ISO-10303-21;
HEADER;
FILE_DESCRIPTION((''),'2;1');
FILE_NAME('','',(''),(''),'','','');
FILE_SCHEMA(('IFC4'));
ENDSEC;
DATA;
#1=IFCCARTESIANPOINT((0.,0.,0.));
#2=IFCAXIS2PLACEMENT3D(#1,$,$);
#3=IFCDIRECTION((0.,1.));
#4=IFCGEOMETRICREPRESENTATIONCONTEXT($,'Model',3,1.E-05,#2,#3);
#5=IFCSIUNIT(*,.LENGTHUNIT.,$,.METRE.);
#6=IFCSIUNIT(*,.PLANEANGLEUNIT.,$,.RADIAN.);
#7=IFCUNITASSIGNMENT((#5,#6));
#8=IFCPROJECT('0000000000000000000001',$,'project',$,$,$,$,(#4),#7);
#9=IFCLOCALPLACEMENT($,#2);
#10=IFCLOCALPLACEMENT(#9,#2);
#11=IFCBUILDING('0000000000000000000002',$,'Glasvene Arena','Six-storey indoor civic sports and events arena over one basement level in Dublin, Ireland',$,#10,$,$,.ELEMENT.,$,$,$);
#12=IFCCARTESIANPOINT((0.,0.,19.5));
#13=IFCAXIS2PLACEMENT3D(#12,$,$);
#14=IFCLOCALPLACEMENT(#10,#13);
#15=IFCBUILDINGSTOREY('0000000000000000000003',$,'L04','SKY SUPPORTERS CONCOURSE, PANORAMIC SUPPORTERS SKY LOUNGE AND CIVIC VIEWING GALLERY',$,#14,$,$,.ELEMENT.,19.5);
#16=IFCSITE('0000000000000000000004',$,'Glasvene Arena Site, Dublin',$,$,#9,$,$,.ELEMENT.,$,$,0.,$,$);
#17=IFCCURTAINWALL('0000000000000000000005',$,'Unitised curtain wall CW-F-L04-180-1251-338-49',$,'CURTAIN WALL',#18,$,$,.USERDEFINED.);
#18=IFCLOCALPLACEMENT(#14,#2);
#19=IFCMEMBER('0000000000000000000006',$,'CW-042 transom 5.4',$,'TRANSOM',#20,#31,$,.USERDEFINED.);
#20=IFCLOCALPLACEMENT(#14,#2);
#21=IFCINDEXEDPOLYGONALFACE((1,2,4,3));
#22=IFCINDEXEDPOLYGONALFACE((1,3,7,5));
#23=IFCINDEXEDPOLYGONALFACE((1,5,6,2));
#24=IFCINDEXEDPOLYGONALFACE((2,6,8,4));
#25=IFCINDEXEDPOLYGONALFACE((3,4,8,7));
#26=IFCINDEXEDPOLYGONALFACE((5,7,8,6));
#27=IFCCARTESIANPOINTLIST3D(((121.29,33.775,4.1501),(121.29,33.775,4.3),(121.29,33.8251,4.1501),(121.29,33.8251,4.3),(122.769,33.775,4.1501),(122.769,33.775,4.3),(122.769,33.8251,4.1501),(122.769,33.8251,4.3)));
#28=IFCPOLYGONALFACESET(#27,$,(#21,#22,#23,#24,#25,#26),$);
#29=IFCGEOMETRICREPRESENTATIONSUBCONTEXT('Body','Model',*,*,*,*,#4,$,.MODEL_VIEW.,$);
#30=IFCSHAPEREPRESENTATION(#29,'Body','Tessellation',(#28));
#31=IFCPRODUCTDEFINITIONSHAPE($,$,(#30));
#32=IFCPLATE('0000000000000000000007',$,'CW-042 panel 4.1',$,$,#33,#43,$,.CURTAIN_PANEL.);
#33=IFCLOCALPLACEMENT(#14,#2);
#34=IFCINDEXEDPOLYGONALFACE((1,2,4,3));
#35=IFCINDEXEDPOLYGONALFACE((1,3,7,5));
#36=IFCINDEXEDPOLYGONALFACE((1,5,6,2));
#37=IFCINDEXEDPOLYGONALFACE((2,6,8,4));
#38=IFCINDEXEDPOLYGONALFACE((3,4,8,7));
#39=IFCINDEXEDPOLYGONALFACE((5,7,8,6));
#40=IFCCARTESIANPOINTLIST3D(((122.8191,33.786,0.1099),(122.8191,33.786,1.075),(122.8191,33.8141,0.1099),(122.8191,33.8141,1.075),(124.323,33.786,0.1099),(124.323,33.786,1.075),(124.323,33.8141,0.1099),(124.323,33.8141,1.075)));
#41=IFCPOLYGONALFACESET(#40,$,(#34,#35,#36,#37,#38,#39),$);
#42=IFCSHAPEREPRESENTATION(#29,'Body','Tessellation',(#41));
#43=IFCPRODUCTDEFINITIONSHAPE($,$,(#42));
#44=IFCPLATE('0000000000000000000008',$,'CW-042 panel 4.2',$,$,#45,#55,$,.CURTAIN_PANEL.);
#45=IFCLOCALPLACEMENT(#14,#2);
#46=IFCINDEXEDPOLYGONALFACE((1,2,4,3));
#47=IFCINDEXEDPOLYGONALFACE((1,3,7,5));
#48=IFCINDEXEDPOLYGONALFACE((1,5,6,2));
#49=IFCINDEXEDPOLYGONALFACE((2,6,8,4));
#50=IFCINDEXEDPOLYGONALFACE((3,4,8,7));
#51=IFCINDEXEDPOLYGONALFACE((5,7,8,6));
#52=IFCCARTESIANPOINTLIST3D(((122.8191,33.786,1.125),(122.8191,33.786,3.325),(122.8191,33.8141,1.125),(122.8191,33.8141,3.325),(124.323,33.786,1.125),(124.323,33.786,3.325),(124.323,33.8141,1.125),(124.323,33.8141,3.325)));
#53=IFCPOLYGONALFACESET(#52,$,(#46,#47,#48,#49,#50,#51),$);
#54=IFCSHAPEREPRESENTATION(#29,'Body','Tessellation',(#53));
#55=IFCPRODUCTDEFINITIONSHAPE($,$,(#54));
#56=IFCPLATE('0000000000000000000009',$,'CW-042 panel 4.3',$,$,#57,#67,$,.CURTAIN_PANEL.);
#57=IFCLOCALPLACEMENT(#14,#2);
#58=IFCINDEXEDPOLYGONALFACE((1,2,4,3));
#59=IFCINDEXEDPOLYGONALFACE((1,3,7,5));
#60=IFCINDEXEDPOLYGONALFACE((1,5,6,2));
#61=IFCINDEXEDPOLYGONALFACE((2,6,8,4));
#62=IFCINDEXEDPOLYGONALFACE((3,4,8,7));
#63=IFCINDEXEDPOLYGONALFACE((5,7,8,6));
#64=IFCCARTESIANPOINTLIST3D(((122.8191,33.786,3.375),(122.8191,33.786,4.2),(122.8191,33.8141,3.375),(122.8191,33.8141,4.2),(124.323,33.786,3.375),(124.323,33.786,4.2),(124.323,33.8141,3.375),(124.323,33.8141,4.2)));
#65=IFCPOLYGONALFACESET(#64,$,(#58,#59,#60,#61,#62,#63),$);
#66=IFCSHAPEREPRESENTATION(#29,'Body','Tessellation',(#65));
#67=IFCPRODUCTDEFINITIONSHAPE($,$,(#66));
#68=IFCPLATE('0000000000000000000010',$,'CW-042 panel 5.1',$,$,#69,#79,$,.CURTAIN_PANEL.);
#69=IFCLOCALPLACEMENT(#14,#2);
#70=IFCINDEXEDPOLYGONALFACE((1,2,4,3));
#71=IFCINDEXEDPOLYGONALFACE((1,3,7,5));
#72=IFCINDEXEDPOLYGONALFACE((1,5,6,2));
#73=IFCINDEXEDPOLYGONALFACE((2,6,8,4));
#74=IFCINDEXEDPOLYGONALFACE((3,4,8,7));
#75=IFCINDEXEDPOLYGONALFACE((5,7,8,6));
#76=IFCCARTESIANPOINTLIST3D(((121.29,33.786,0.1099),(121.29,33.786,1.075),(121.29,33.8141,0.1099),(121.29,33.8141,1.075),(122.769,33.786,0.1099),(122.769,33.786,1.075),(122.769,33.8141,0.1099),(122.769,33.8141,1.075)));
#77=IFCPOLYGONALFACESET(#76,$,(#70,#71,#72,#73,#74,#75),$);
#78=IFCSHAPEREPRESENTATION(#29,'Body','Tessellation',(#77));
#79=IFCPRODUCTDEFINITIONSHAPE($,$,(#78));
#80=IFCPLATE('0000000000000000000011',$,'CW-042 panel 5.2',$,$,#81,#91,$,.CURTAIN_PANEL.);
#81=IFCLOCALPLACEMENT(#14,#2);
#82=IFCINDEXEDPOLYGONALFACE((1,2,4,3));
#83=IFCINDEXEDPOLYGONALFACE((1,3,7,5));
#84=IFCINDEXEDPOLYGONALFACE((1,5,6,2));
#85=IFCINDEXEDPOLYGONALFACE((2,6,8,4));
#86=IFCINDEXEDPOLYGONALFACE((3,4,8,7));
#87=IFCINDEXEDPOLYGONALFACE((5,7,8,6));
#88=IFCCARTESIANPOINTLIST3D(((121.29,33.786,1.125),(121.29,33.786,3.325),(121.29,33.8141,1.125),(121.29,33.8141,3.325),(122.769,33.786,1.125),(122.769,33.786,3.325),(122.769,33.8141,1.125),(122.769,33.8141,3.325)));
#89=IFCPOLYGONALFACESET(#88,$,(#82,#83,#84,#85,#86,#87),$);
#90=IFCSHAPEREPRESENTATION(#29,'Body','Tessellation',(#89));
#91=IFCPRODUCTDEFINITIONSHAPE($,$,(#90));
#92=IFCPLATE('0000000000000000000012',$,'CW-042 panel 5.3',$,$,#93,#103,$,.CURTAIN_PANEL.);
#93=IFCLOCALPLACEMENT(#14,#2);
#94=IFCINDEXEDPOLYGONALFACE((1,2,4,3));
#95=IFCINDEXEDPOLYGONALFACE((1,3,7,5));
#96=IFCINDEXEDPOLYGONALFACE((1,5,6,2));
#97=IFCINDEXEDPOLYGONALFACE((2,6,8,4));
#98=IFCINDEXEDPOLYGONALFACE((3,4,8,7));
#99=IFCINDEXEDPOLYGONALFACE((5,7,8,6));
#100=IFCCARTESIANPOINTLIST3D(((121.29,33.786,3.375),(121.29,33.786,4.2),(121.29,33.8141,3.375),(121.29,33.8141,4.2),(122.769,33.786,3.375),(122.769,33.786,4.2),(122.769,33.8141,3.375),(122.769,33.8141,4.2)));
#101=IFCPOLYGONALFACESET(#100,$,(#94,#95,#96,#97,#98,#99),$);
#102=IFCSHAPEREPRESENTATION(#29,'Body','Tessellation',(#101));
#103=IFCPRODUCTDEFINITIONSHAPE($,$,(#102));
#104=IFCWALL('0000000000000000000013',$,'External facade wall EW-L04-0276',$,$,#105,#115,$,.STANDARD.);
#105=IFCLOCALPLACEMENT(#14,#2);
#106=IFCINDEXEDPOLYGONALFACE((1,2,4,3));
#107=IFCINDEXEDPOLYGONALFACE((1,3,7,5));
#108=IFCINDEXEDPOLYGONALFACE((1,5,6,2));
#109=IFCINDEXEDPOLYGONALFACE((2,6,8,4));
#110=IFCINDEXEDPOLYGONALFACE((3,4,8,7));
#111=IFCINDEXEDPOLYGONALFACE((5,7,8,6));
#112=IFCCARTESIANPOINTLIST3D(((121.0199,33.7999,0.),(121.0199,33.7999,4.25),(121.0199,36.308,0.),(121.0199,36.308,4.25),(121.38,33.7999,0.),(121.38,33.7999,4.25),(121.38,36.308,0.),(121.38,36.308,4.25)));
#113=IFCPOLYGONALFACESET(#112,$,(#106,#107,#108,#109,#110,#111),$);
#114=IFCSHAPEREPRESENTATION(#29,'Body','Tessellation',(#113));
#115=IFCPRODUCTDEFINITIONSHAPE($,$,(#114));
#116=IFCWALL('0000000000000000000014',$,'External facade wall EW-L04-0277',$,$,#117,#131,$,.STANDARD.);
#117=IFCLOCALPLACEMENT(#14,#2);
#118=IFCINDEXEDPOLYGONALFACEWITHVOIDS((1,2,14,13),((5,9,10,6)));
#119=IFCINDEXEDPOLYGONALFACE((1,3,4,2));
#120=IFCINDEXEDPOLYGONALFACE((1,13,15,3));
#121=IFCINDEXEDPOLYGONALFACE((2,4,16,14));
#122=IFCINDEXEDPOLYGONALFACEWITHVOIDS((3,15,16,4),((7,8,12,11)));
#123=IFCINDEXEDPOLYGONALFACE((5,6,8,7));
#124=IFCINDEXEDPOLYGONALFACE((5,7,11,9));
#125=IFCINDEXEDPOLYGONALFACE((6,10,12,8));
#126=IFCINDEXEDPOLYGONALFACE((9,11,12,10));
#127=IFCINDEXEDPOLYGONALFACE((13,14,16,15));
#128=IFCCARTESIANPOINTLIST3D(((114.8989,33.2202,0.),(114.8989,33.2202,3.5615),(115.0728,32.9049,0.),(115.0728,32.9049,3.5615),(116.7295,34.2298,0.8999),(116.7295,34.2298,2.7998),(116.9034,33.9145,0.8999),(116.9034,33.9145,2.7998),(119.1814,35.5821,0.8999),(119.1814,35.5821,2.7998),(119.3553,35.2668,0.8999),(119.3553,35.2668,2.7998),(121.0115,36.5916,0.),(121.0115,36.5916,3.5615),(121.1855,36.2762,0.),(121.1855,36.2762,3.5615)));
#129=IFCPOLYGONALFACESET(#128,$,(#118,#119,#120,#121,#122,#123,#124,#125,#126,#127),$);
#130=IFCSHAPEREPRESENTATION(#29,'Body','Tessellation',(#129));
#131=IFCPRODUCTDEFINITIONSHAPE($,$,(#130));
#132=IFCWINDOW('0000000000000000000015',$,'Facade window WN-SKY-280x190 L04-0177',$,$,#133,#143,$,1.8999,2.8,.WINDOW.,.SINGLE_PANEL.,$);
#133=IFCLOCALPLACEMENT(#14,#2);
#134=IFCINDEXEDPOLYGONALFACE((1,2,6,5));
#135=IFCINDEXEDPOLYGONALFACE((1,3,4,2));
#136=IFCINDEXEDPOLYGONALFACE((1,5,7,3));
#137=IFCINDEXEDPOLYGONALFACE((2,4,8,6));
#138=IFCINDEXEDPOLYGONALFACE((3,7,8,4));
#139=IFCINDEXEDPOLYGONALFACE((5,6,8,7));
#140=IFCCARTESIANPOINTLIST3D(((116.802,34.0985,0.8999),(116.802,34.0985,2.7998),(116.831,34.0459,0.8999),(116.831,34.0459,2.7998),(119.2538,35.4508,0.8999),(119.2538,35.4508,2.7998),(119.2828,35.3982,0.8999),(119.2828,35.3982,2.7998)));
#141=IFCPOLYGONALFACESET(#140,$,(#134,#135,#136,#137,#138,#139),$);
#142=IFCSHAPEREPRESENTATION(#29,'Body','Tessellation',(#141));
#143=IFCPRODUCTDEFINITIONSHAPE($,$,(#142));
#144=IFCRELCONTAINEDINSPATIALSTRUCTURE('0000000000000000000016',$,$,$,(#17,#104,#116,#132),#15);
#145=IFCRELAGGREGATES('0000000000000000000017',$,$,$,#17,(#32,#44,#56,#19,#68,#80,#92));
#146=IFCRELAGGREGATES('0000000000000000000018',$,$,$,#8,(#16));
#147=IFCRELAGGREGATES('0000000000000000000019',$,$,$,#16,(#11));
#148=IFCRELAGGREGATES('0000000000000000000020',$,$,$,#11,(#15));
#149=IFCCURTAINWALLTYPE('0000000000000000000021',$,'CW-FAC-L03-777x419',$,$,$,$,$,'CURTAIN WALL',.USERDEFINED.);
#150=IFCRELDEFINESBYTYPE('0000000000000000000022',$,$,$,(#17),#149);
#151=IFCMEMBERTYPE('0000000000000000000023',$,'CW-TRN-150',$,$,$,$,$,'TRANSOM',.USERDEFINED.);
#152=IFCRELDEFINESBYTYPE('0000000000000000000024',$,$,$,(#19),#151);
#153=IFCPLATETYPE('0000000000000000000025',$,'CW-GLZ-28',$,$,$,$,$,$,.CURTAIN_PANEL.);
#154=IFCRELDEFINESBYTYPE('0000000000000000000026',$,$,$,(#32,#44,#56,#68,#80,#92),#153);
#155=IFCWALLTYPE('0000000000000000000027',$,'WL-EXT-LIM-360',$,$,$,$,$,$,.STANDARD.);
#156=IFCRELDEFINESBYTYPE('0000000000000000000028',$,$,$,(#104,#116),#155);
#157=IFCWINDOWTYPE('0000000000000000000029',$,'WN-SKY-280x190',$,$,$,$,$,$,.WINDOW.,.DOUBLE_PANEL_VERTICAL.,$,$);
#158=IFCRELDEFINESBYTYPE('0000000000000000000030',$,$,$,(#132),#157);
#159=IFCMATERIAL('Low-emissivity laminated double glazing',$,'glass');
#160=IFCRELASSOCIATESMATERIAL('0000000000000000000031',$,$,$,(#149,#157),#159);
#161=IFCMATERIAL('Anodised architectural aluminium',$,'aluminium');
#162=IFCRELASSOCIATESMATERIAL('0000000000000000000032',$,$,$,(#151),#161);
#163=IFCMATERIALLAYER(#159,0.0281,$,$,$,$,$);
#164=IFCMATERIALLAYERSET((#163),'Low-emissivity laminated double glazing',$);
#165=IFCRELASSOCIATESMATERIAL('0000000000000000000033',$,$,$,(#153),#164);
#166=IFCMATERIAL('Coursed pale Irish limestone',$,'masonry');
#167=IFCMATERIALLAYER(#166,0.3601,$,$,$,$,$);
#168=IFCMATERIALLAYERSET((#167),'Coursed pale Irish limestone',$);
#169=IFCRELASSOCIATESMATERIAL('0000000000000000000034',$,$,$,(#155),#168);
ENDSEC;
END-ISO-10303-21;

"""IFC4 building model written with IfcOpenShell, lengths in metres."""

from ifc_helpers import new_model, si_unit, direction, frame, frame_2d, origin, origin_2d, place, context, subcontext, project, spatial, rectangle, extrude, material, layer, layer_set, material_profile, profile_set, type_object, element, fill, aggregate, save


model = new_model("IFC4")

# Units and contexts
model_context = context("Model", 3, precision=1e-05, world=origin(), true_north=direction((0.0, 1.0)))
body_context = subcontext(model_context, "Body", "Model", "MODEL_VIEW")
ifc_project = project(units=[si_unit("LENGTHUNIT", "METRE"), si_unit("PLANEANGLEUNIT", "RADIAN")], contexts=[model_context])

# Site, building, storey
site_placement = place(None, origin())
site = spatial("IfcSite", under=ifc_project, at=site_placement, Name="Glasvene Arena Site, Dublin", CompositionType="ELEMENT", RefElevation=0.0)
building_placement = place(site_placement, origin())
building = spatial("IfcBuilding", under=site, at=building_placement, Name="Glasvene Arena", Description="Six-storey indoor civic sports and events arena over one basement level in Dublin, Ireland", CompositionType="ELEMENT")
storey_placement = place(building_placement, frame((0.0, 0.0, 19.5)))
storey = spatial("IfcBuildingStorey", under=building, at=storey_placement, Name="L04", Description="SKY SUPPORTERS CONCOURSE, PANORAMIC SUPPORTERS SKY LOUNGE AND CIVIC VIEWING GALLERY", CompositionType="ELEMENT", Elevation=19.5)

# Curtain wall, member, plates
ifc_material_1 = material(Name="Low-emissivity laminated double glazing", Category="glass")
curtain_wall_type = type_object("IfcCurtainWallType", Name="CW-FAC-L03-777x419", ElementType="CURTAIN WALL", PredefinedType="USERDEFINED", material=ifc_material_1)
curtain_wall_placement = place(storey_placement, frame((129.01, 33.8, 0.0)))
curtain_wall = element("IfcCurtainWall", 1, at=curtain_wall_placement, inside=storey, type_object=curtain_wall_type, Name="Unitised curtain wall CW-F-L04-180-1251-338-49", ObjectType="CURTAIN WALL", PredefinedType="USERDEFINED")
ifc_material_2 = material(Name="Anodised architectural aluminium", Category="aluminium")
ifc_material_profile_1 = material_profile(ifc_material_2, rectangle(XDim=0.05, YDim=0.1499, at=origin_2d()), Name="ALU TRANSOM 50x150")
ifc_profile_set_1 = profile_set([ifc_material_profile_1], Name="Anodised architectural aluminium")
member_type_1 = type_object("IfcMemberType", Name="CW-TRN-150", ElementType="TRANSOM", PredefinedType="USERDEFINED", material=ifc_profile_set_1)
member_1_placement = place(storey_placement, frame((122.769, 33.8, 4.2251), z_axis=(-1.0, 0.0, 0.0), x_axis=(0.0, -1.0, 0.0)))
member_1 = element("IfcMember", 2, at=member_1_placement, type_object=member_type_1, Name="CW-042 transom 5.4", ObjectType="TRANSOM", PredefinedType="USERDEFINED", context=body_context, shape_type="SweptSolid", body=[
    extrude(rectangle(XDim=0.05, YDim=0.1499, at=origin_2d()), origin(), (0.0, 0.0, 1.0), 1.479),
])
ifc_layer_1 = layer(ifc_material_1, 0.0281)
ifc_layer_set_1 = layer_set([ifc_layer_1], Name="Low-emissivity laminated double glazing")
plate_type = type_object("IfcPlateType", Name="CW-GLZ-28", PredefinedType="CURTAIN_PANEL", material=ifc_layer_set_1)
plate_1_placement = place(storey_placement, frame((123.571, 33.8, 0.1099), z_axis=(0.0, 0.0, 1.0), x_axis=(-1.0, 0.0, 0.0)))
plate_1 = element("IfcPlate", 3, at=plate_1_placement, type_object=plate_type, Name="CW-042 panel 4.1", PredefinedType="CURTAIN_PANEL", context=body_context, shape_type="SweptSolid", body=[
    extrude(rectangle(XDim=1.5039, YDim=0.0281, at=origin_2d()), origin(), (0.0, 0.0, 1.0), 0.9651),
])
plate_2_placement = place(storey_placement, frame((123.571, 33.8, 1.125), z_axis=(0.0, 0.0, 1.0), x_axis=(-1.0, 0.0, 0.0)))
plate_2 = element("IfcPlate", 4, at=plate_2_placement, type_object=plate_type, Name="CW-042 panel 4.2", PredefinedType="CURTAIN_PANEL", context=body_context, shape_type="SweptSolid", body=[
    extrude(rectangle(XDim=1.5039, YDim=0.0281, at=origin_2d()), origin(), (0.0, 0.0, 1.0), 2.2),
])
plate_3_placement = place(storey_placement, frame((123.571, 33.8, 3.375), z_axis=(0.0, 0.0, 1.0), x_axis=(-1.0, 0.0, 0.0)))
plate_3 = element("IfcPlate", 5, at=plate_3_placement, type_object=plate_type, Name="CW-042 panel 4.3", PredefinedType="CURTAIN_PANEL", context=body_context, shape_type="SweptSolid", body=[
    extrude(rectangle(XDim=1.5039, YDim=0.0281, at=origin_2d()), origin(), (0.0, 0.0, 1.0), 0.825),
])
plate_4_placement = place(storey_placement, frame((122.0295, 33.8, 0.1099), z_axis=(0.0, 0.0, 1.0), x_axis=(-1.0, 0.0, 0.0)))
plate_4 = element("IfcPlate", 6, at=plate_4_placement, type_object=plate_type, Name="CW-042 panel 5.1", PredefinedType="CURTAIN_PANEL", context=body_context, shape_type="SweptSolid", body=[
    extrude(rectangle(XDim=1.479, YDim=0.0281, at=origin_2d()), origin(), (0.0, 0.0, 1.0), 0.9651),
])
plate_5_placement = place(storey_placement, frame((122.0295, 33.8, 1.125), z_axis=(0.0, 0.0, 1.0), x_axis=(-1.0, 0.0, 0.0)))
plate_5 = element("IfcPlate", 7, at=plate_5_placement, type_object=plate_type, Name="CW-042 panel 5.2", PredefinedType="CURTAIN_PANEL", context=body_context, shape_type="SweptSolid", body=[
    extrude(rectangle(XDim=1.479, YDim=0.0281, at=origin_2d()), origin(), (0.0, 0.0, 1.0), 2.2),
])
plate_6_placement = place(storey_placement, frame((122.0295, 33.8, 3.375), z_axis=(0.0, 0.0, 1.0), x_axis=(-1.0, 0.0, 0.0)))
plate_6 = element("IfcPlate", 8, at=plate_6_placement, type_object=plate_type, Name="CW-042 panel 5.3", PredefinedType="CURTAIN_PANEL", context=body_context, shape_type="SweptSolid", body=[
    extrude(rectangle(XDim=1.479, YDim=0.0281, at=origin_2d()), origin(), (0.0, 0.0, 1.0), 0.825),
])
aggregate(curtain_wall, [plate_1, plate_2, plate_3, member_1, plate_4, plate_5, plate_6])

# Wall
ifc_material_3 = material(Name="Coursed pale Irish limestone", Category="masonry")
ifc_layer_2 = layer(ifc_material_3, 0.3601)
ifc_layer_set_2 = layer_set([ifc_layer_2], Name="Coursed pale Irish limestone")
wall_type = type_object("IfcWallType", Name="WL-EXT-LIM-360", PredefinedType="STANDARD", material=ifc_layer_set_2)
wall_1_placement = place(storey_placement, frame((121.2, 33.8, 0.0), z_axis=(0.0, 0.0, 1.0), x_axis=(0.0, 1.0, 0.0)))
element("IfcWall", 9, at=wall_1_placement, inside=storey, type_object=wall_type, Name="External facade wall EW-L04-0276", PredefinedType="STANDARD", context=body_context, shape_type="SweptSolid", body=[
    extrude(rectangle(XDim=2.5081, YDim=0.3601, at=frame_2d((1.2539, 0.0))), origin(), (0.0, 0.0, 1.0), 4.25),
])

# Wall, opening, window
wall_2_placement = place(storey_placement, frame((121.0984, 36.4338, 0.0), z_axis=(0.0, 0.0, 1.0), x_axis=(-0.875644, -0.482956, 0.0)))
wall_2 = element("IfcWall", 10, at=wall_2_placement, inside=storey, type_object=wall_type, Name="External facade wall EW-L04-0277", PredefinedType="STANDARD", context=body_context, shape_type="SweptSolid", body=[
    extrude(rectangle(XDim=6.9807, YDim=0.3601, at=frame_2d((3.4902, 0.0))), origin(), (0.0, 0.0, 1.0), 3.5615),
])
opening_placement = place(wall_2_placement, frame((2.0901, 0.0, 0.8999)))
opening = element("IfcOpeningElement", 11, at=opening_placement, cuts=wall_2, PredefinedType="OPENING", context=body_context, shape_type="SweptSolid", body=[
    extrude(rectangle(XDim=2.8, YDim=1.8999, at=frame_2d((1.3999, 0.95))), frame((0.0, 0.1899, 0.0), z_axis=(0.0, -1.0, 0.0), x_axis=(1.0, 0.0, 0.0)), (0.0, 0.0, 1.0), 0.3801),
])
window_type = type_object("IfcWindowType", Name="WN-SKY-280x190", PartitioningType="DOUBLE_PANEL_VERTICAL", PredefinedType="WINDOW", material=ifc_material_1)
window_placement = place(opening_placement, origin())
window = element("IfcWindow", 12, at=window_placement, inside=storey, type_object=window_type, Name="Facade window WN-SKY-280x190 L04-0177", OverallHeight=1.8999, OverallWidth=2.8, PartitioningType="SINGLE_PANEL", PredefinedType="WINDOW", context=body_context, shape_type="SweptSolid", body=[
    extrude(rectangle(XDim=2.8, YDim=1.8999, at=frame_2d((1.3999, 0.95))), frame((0.0, 0.03, 0.0), z_axis=(0.0, -1.0, 0.0), x_axis=(1.0, 0.0, 0.0)), (0.0, 0.0, 1.0), 0.0601),
])
fill(opening, window)

save(model, "model.ifc")
